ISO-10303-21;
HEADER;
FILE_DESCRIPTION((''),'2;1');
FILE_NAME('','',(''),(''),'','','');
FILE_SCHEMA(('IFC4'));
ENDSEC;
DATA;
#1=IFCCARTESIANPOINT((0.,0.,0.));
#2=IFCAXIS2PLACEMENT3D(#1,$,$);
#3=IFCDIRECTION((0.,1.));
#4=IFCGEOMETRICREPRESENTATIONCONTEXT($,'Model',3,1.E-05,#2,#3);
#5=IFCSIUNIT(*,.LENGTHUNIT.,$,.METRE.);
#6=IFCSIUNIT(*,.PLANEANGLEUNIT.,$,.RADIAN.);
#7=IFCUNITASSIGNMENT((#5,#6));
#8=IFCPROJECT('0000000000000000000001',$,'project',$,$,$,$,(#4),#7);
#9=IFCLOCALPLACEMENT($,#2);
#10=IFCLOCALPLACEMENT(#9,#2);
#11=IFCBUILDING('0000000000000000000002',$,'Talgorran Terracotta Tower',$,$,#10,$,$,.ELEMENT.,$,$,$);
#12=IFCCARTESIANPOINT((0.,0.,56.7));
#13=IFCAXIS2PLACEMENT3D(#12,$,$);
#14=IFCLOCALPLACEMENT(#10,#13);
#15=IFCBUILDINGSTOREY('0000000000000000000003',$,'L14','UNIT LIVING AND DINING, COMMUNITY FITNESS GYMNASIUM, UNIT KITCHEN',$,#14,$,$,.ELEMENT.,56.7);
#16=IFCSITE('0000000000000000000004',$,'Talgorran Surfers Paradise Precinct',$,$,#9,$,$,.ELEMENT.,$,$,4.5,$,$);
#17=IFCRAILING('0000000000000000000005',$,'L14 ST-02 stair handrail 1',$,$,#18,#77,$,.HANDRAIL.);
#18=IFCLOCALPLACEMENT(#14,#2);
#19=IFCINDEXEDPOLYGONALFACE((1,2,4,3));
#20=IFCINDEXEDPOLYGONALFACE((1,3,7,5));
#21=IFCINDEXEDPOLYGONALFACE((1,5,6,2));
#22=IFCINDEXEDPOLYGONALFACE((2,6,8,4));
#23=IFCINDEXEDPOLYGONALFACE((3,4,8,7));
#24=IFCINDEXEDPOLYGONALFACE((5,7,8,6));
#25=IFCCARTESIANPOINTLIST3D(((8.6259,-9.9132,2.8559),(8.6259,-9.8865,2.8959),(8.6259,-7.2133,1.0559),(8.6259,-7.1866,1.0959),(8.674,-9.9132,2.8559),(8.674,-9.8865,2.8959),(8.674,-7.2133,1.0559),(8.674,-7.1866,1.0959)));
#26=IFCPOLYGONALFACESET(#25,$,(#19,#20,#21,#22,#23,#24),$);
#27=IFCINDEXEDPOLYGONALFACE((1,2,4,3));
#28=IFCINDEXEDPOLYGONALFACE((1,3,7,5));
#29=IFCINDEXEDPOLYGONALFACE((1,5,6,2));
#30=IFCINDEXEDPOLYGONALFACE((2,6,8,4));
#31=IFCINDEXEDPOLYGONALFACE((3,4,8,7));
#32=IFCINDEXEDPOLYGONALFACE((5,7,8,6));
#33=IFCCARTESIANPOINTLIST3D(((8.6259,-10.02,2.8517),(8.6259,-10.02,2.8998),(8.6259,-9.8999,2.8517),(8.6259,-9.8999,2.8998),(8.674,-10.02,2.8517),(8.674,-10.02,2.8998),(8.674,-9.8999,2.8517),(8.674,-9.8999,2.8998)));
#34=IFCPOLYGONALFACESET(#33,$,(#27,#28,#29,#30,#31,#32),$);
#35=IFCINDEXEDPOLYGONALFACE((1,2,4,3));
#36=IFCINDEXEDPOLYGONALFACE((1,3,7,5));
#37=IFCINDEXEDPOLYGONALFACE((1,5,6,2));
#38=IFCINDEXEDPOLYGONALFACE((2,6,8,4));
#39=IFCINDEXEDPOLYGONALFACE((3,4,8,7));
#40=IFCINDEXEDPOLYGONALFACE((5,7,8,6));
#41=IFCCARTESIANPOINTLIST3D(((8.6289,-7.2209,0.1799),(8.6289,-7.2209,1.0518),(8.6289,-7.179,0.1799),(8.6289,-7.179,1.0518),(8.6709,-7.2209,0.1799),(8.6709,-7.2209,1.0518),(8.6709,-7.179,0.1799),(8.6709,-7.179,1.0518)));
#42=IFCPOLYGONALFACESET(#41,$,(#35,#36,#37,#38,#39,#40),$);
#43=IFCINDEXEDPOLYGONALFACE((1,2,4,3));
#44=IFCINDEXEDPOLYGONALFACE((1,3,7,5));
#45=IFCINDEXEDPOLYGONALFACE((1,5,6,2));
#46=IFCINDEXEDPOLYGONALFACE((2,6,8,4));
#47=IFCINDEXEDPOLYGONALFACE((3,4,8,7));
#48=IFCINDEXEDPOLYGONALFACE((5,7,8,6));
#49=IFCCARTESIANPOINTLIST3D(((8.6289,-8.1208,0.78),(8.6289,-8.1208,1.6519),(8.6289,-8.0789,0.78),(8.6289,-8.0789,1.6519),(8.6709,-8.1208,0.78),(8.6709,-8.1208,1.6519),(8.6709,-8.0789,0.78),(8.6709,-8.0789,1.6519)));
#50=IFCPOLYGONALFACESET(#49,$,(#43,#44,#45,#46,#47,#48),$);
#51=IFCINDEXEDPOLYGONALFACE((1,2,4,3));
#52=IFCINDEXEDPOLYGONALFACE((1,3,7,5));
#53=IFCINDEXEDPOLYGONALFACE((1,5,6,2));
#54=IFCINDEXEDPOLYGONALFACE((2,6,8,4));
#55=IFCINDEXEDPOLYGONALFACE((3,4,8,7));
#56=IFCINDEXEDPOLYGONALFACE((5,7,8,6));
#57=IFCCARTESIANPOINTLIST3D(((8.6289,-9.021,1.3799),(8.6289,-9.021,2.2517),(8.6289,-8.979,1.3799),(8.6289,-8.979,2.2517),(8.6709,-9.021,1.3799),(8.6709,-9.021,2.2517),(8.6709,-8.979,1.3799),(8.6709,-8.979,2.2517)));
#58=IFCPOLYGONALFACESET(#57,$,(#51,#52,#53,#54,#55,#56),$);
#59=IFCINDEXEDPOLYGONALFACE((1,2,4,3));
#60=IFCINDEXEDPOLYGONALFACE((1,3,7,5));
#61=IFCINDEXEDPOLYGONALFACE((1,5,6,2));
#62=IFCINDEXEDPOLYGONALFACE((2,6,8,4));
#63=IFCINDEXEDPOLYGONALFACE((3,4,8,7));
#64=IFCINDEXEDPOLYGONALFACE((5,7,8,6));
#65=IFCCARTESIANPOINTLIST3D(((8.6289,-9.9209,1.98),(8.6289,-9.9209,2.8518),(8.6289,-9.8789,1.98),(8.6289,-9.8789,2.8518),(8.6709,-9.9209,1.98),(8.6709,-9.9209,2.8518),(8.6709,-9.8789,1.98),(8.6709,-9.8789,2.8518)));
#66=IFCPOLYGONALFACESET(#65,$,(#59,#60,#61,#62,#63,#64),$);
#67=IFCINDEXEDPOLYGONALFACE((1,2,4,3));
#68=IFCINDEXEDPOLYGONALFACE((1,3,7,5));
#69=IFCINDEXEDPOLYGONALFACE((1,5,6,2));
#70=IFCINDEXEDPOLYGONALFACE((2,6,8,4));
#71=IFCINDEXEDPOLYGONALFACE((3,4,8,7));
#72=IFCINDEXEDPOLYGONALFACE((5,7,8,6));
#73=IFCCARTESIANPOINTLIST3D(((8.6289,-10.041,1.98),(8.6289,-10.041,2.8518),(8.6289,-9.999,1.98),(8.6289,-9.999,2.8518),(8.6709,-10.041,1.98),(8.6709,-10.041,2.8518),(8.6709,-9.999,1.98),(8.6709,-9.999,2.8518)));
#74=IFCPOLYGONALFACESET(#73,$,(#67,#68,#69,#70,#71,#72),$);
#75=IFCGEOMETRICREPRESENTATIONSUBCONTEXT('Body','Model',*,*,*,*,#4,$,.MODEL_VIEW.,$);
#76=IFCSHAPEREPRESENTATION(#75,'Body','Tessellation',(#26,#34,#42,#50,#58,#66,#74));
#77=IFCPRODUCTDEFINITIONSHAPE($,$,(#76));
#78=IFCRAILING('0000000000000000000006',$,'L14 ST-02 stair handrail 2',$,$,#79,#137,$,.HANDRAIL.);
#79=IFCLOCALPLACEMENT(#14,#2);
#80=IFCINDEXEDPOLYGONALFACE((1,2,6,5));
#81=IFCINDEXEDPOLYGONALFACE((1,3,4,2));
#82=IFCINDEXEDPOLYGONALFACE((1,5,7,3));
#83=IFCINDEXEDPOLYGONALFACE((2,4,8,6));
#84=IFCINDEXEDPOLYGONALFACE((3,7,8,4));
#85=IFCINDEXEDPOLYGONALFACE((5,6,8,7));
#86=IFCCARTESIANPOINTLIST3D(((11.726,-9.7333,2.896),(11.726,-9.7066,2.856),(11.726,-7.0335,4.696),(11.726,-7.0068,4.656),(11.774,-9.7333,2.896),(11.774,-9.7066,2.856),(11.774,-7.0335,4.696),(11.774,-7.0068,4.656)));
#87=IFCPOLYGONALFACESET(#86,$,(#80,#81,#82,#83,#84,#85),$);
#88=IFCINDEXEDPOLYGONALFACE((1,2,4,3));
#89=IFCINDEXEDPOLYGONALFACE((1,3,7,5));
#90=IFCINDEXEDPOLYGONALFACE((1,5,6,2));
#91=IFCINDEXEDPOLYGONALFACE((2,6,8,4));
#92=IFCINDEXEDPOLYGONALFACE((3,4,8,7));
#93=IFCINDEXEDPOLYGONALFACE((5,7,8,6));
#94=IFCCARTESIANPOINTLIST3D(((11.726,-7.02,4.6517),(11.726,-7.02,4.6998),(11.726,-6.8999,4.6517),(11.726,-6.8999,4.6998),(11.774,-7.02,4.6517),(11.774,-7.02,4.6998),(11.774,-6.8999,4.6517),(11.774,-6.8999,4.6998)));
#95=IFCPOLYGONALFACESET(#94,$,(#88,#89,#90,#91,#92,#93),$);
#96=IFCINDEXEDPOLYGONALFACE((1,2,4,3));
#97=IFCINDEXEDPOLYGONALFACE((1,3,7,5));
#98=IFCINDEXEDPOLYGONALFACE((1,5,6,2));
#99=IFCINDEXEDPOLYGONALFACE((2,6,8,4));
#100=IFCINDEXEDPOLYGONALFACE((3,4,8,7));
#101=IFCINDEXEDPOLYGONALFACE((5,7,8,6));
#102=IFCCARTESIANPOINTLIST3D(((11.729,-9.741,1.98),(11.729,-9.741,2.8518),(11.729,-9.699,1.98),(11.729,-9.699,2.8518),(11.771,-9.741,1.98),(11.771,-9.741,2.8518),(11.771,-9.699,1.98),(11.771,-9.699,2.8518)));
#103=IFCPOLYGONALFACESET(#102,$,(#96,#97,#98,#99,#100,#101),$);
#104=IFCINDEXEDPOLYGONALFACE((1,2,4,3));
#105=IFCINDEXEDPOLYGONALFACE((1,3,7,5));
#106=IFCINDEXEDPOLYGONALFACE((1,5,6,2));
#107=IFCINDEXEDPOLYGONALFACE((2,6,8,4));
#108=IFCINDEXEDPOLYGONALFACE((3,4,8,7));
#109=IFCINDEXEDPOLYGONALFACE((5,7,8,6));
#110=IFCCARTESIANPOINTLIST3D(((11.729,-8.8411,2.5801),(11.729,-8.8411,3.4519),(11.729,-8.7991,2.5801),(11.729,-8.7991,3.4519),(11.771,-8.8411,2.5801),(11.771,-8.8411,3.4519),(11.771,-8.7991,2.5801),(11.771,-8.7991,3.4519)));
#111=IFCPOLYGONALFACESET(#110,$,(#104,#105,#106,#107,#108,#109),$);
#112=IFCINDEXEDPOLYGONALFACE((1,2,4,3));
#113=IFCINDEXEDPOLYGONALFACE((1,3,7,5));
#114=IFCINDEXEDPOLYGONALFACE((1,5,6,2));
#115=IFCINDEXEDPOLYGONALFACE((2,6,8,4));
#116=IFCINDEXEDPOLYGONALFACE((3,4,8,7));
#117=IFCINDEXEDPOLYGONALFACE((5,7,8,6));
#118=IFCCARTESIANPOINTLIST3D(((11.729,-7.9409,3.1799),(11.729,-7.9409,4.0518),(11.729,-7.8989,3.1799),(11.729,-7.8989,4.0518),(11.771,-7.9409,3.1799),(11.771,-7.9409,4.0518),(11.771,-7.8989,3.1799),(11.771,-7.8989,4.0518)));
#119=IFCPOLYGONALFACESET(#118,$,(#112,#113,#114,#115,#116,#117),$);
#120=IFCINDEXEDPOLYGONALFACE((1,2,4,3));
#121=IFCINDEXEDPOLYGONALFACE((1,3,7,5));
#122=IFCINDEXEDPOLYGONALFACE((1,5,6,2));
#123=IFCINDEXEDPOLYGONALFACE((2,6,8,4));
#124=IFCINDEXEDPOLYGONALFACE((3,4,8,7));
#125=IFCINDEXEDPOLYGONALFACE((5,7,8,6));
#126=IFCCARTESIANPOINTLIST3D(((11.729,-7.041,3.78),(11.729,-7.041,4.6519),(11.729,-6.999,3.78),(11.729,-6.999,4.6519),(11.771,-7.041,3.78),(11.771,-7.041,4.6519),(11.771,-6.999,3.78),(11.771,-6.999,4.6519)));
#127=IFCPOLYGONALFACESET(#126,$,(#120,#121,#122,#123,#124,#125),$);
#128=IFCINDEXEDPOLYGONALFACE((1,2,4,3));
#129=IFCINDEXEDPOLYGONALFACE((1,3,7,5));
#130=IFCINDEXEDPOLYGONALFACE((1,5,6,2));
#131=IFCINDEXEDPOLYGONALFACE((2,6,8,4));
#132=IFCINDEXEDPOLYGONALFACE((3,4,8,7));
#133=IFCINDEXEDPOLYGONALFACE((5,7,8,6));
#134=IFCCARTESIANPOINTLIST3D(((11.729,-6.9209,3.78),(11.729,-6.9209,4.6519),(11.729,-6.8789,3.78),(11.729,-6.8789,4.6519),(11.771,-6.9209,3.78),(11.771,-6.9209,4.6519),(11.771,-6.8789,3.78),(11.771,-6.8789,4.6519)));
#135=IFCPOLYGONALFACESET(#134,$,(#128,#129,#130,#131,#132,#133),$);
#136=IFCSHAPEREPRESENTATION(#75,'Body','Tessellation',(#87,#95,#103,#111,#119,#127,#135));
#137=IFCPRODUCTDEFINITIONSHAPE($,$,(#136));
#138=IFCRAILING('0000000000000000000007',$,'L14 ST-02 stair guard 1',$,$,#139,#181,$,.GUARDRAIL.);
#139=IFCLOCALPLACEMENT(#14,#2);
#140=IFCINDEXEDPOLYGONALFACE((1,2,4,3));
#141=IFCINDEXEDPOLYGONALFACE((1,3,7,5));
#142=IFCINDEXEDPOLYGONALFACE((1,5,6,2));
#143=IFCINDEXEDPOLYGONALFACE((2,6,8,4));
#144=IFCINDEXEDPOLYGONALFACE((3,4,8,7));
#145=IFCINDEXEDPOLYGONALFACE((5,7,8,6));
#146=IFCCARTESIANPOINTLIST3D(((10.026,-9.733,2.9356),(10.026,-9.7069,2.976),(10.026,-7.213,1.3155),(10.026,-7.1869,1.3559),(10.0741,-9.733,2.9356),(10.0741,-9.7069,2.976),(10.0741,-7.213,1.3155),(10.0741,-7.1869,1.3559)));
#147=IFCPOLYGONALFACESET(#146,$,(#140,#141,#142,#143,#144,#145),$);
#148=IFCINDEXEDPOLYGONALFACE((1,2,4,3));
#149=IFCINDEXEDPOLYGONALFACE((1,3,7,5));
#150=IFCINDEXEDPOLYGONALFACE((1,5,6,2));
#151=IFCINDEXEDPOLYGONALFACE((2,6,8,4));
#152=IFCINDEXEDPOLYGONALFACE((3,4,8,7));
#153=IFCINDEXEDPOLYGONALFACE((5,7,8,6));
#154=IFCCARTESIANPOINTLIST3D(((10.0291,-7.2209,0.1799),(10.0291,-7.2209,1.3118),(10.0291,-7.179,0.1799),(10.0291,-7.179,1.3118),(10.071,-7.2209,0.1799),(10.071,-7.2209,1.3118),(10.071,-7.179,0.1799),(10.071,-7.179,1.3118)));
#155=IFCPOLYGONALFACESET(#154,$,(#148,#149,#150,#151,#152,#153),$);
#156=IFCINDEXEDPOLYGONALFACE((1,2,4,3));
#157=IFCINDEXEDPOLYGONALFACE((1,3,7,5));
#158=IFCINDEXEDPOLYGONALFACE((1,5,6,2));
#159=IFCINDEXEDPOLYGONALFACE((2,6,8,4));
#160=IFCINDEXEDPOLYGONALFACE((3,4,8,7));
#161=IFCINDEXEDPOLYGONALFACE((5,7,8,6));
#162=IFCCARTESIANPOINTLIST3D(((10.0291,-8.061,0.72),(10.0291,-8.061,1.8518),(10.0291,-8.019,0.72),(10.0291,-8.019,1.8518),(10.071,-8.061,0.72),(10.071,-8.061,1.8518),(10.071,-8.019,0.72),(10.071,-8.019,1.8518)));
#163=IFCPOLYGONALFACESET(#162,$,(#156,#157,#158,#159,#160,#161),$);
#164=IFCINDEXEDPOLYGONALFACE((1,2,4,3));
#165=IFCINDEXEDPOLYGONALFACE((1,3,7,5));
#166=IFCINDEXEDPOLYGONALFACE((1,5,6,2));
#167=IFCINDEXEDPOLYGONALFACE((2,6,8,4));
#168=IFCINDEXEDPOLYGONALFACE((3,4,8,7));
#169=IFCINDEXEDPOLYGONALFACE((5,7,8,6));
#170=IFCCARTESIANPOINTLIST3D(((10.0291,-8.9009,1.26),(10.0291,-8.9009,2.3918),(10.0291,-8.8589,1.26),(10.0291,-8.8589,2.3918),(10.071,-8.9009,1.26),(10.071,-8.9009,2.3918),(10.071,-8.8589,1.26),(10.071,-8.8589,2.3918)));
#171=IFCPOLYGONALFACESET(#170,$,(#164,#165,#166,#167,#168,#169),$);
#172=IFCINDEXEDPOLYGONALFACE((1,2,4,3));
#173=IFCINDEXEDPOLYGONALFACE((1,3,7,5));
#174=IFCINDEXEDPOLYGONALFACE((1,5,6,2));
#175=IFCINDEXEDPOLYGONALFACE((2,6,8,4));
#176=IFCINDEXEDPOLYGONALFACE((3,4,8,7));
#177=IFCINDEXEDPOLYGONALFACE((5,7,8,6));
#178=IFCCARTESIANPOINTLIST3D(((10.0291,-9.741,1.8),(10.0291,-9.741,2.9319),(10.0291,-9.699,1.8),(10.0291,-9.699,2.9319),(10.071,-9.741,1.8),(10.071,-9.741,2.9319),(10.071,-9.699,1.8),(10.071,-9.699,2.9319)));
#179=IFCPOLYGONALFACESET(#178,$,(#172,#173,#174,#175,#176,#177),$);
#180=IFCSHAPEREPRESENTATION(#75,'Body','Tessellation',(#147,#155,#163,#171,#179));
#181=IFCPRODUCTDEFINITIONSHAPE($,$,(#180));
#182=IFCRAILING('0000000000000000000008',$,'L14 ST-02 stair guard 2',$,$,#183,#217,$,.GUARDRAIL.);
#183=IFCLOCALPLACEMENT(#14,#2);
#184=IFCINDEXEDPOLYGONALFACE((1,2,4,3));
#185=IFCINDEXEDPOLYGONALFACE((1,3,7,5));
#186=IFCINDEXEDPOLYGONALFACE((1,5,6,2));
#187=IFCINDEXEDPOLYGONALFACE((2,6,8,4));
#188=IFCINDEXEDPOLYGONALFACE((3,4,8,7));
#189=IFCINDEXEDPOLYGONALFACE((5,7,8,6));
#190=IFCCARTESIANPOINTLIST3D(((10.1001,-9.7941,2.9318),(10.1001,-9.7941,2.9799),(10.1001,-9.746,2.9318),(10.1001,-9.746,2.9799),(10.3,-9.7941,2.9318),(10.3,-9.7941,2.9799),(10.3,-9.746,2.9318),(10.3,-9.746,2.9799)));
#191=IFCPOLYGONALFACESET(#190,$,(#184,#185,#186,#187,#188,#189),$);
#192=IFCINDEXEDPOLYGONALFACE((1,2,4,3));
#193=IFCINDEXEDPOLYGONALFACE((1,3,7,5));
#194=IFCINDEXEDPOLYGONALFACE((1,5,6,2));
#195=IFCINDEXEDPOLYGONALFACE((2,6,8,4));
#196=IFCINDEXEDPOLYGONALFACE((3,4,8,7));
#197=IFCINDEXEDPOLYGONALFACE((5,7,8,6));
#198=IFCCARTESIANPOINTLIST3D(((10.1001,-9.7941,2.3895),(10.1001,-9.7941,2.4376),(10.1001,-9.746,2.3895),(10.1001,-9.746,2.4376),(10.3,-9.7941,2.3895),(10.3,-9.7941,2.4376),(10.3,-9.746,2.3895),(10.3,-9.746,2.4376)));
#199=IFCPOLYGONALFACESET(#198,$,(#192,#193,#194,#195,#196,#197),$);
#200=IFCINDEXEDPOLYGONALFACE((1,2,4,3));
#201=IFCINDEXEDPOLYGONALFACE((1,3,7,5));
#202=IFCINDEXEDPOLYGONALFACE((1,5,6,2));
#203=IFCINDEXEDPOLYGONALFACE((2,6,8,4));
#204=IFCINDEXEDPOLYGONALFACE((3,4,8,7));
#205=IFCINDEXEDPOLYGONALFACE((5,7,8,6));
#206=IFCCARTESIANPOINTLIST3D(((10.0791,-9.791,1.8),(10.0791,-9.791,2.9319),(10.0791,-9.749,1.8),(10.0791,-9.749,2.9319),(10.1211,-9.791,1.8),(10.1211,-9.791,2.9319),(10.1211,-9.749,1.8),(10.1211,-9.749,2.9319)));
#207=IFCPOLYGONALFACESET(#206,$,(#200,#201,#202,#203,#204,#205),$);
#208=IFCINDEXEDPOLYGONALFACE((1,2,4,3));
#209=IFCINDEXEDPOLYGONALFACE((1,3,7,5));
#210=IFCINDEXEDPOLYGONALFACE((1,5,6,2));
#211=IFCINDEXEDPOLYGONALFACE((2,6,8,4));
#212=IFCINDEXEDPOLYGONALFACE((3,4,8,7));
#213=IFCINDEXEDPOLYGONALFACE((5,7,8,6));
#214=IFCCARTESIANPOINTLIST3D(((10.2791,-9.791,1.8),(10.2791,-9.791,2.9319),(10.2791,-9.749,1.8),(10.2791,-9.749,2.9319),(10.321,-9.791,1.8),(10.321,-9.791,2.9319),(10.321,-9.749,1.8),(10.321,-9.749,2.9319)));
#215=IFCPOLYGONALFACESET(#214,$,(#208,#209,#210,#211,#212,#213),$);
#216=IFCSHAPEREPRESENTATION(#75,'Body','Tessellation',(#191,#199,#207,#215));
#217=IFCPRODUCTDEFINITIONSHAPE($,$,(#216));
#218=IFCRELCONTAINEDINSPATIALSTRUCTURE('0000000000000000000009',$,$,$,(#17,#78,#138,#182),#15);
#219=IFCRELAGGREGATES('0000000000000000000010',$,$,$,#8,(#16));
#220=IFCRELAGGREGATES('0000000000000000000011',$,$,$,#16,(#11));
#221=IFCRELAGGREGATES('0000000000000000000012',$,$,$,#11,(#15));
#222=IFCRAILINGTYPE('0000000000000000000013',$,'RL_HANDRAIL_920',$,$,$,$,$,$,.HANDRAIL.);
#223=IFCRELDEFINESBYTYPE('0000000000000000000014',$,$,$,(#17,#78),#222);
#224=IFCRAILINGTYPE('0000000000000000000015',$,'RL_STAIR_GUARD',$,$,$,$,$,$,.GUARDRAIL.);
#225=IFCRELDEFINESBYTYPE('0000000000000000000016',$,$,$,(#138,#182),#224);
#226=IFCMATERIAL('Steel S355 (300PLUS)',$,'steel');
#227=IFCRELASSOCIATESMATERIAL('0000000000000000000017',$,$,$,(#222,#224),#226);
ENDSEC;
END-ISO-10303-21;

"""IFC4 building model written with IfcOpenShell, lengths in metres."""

from ifc_helpers import new_model, si_unit, direction, frame, origin, origin_2d, place, context, subcontext, project, spatial, rectangle, extrude, material, type_object, element, save


model = new_model("IFC4")

# Units and contexts
model_context = context("Model", 3, precision=1e-05, world=origin(), true_north=direction((0.0, 1.0)))
body_context = subcontext(model_context, "Body", "Model", "MODEL_VIEW")
ifc_project = project(units=[si_unit("LENGTHUNIT", "METRE"), si_unit("PLANEANGLEUNIT", "RADIAN")], contexts=[model_context])

# Site, building, storey
site_placement = place(None, origin())
site = spatial("IfcSite", under=ifc_project, at=site_placement, Name="Talgorran Surfers Paradise Precinct", CompositionType="ELEMENT", RefElevation=4.5)
building_placement = place(site_placement, origin())
building = spatial("IfcBuilding", under=site, at=building_placement, Name="Talgorran Terracotta Tower", CompositionType="ELEMENT")
storey_placement = place(building_placement, frame((0.0, 0.0, 56.7)))
storey = spatial("IfcBuildingStorey", under=building, at=storey_placement, Name="L14", Description="UNIT LIVING AND DINING, COMMUNITY FITNESS GYMNASIUM, UNIT KITCHEN", CompositionType="ELEMENT", Elevation=56.7)

# Shared definitions
ifc_material_1 = material(Name="Steel S355 (300PLUS)", Category="steel")

# Railings
railing_type_1 = type_object("IfcRailingType", Name="RL_HANDRAIL_920", PredefinedType="HANDRAIL", material=ifc_material_1)
railing_1_placement = place(storey_placement, frame((8.6499, -7.2, 0.1799)))
element("IfcRailing", 1, at=railing_1_placement, inside=storey, type_object=railing_type_1, Name="L14 ST-02 stair handrail 1", PredefinedType="HANDRAIL", context=body_context, shape_type="SweptSolid", body=[
    extrude(rectangle(XDim=0.0481, YDim=0.0481, at=origin_2d()), frame((0.0, 0.0, 0.896), z_axis=(0.0, -0.832039, 0.554718), x_axis=(1.0, 0.0, 0.0)), (0.0, 0.0, 1.0), 3.2449),
    extrude(rectangle(XDim=0.0481, YDim=0.0481, at=origin_2d()), frame((0.0, -2.7, 2.6958), z_axis=(0.0, -1.0, 0.0), x_axis=(1.0, 0.0, 0.0)), (0.0, 0.0, 1.0), 0.1201),
    extrude(rectangle(XDim=0.042, YDim=0.042, at=origin_2d()), origin(), (0.0, 0.0, 1.0), 0.8718),
    extrude(rectangle(XDim=0.042, YDim=0.042, at=origin_2d()), frame((0.0, -0.8999, 0.6001)), (0.0, 0.0, 1.0), 0.8718),
    extrude(rectangle(XDim=0.042, YDim=0.042, at=origin_2d()), frame((0.0, -1.8, 1.2)), (0.0, 0.0, 1.0), 0.8718),
    extrude(rectangle(XDim=0.042, YDim=0.042, at=origin_2d()), frame((0.0, -2.7, 1.8)), (0.0, 0.0, 1.0), 0.8718),
    extrude(rectangle(XDim=0.042, YDim=0.042, at=origin_2d()), frame((0.0, -2.8201, 1.8)), (0.0, 0.0, 1.0), 0.8718),
])
railing_2_placement = place(storey_placement, frame((11.75, -9.72, 1.98)))
element("IfcRailing", 2, at=railing_2_placement, inside=storey, type_object=railing_type_1, Name="L14 ST-02 stair handrail 2", PredefinedType="HANDRAIL", context=body_context, shape_type="SweptSolid", body=[
    extrude(rectangle(XDim=0.0481, YDim=0.0481, at=origin_2d()), frame((0.0, 0.0, 0.896), z_axis=(0.0, 0.832039, 0.554718), x_axis=(-1.0, 0.0, 0.0)), (0.0, 0.0, 1.0), 3.2449),
    extrude(rectangle(XDim=0.0481, YDim=0.0481, at=origin_2d()), frame((0.0, 2.7, 2.6958), z_axis=(0.0, 1.0, 0.0), x_axis=(-1.0, 0.0, 0.0)), (0.0, 0.0, 1.0), 0.1201),
    extrude(rectangle(XDim=0.042, YDim=0.042, at=origin_2d()), origin(), (0.0, 0.0, 1.0), 0.8718),
    extrude(rectangle(XDim=0.042, YDim=0.042, at=origin_2d()), frame((0.0, 0.8999, 0.6001)), (0.0, 0.0, 1.0), 0.8718),
    extrude(rectangle(XDim=0.042, YDim=0.042, at=origin_2d()), frame((0.0, 1.8, 1.2)), (0.0, 0.0, 1.0), 0.8718),
    extrude(rectangle(XDim=0.042, YDim=0.042, at=origin_2d()), frame((0.0, 2.7, 1.8)), (0.0, 0.0, 1.0), 0.8718),
    extrude(rectangle(XDim=0.042, YDim=0.042, at=origin_2d()), frame((0.0, 2.8201, 1.8)), (0.0, 0.0, 1.0), 0.8718),
])
railing_type_2 = type_object("IfcRailingType", Name="RL_STAIR_GUARD", PredefinedType="GUARDRAIL", material=ifc_material_1)
railing_3_placement = place(storey_placement, frame((10.05, -7.2, 0.1799)))
element("IfcRailing", 3, at=railing_3_placement, inside=storey, type_object=railing_type_2, Name="L14 ST-02 stair guard 1", PredefinedType="GUARDRAIL", context=body_context, shape_type="SweptSolid", body=[
    extrude(rectangle(XDim=0.0481, YDim=0.0481, at=origin_2d()), frame((0.0, 0.0, 1.1558), z_axis=(0.0, -0.841163, 0.540782), x_axis=(1.0, 0.0, 0.0)), (0.0, 0.0, 1.0), 2.9958),
    extrude(rectangle(XDim=0.042, YDim=0.042, at=origin_2d()), origin(), (0.0, 0.0, 1.0), 1.1318),
    extrude(rectangle(XDim=0.042, YDim=0.042, at=origin_2d()), frame((0.0, -0.8401, 0.54)), (0.0, 0.0, 1.0), 1.1318),
    extrude(rectangle(XDim=0.042, YDim=0.042, at=origin_2d()), frame((0.0, -1.6799, 1.0801)), (0.0, 0.0, 1.0), 1.1318),
    extrude(rectangle(XDim=0.042, YDim=0.042, at=origin_2d()), frame((0.0, -2.52, 1.6201)), (0.0, 0.0, 1.0), 1.1318),
])
railing_4_placement = place(storey_placement, frame((10.1001, -9.77, 1.8)))
element("IfcRailing", 4, at=railing_4_placement, inside=storey, type_object=railing_type_2, Name="L14 ST-02 stair guard 2", PredefinedType="GUARDRAIL", context=body_context, shape_type="SweptSolid", body=[
    extrude(rectangle(XDim=0.0481, YDim=0.0481, at=origin_2d()), frame((0.0, 0.0, 1.1558), z_axis=(1.0, 0.0, 0.0), x_axis=(0.0, 1.0, 0.0)), (0.0, 0.0, 1.0), 0.2),
    extrude(rectangle(XDim=0.0481, YDim=0.0481, at=origin_2d()), frame((0.0, 0.0, 0.6135), z_axis=(1.0, 0.0, 0.0), x_axis=(0.0, 1.0, 0.0)), (0.0, 0.0, 1.0), 0.2),
    extrude(rectangle(XDim=0.042, YDim=0.042, at=origin_2d()), origin(), (0.0, 0.0, 1.0), 1.1318),
    extrude(rectangle(XDim=0.042, YDim=0.042, at=origin_2d()), frame((0.2, 0.0, 0.0)), (0.0, 0.0, 1.0), 1.1318),
])

save(model, "model.ifc")
